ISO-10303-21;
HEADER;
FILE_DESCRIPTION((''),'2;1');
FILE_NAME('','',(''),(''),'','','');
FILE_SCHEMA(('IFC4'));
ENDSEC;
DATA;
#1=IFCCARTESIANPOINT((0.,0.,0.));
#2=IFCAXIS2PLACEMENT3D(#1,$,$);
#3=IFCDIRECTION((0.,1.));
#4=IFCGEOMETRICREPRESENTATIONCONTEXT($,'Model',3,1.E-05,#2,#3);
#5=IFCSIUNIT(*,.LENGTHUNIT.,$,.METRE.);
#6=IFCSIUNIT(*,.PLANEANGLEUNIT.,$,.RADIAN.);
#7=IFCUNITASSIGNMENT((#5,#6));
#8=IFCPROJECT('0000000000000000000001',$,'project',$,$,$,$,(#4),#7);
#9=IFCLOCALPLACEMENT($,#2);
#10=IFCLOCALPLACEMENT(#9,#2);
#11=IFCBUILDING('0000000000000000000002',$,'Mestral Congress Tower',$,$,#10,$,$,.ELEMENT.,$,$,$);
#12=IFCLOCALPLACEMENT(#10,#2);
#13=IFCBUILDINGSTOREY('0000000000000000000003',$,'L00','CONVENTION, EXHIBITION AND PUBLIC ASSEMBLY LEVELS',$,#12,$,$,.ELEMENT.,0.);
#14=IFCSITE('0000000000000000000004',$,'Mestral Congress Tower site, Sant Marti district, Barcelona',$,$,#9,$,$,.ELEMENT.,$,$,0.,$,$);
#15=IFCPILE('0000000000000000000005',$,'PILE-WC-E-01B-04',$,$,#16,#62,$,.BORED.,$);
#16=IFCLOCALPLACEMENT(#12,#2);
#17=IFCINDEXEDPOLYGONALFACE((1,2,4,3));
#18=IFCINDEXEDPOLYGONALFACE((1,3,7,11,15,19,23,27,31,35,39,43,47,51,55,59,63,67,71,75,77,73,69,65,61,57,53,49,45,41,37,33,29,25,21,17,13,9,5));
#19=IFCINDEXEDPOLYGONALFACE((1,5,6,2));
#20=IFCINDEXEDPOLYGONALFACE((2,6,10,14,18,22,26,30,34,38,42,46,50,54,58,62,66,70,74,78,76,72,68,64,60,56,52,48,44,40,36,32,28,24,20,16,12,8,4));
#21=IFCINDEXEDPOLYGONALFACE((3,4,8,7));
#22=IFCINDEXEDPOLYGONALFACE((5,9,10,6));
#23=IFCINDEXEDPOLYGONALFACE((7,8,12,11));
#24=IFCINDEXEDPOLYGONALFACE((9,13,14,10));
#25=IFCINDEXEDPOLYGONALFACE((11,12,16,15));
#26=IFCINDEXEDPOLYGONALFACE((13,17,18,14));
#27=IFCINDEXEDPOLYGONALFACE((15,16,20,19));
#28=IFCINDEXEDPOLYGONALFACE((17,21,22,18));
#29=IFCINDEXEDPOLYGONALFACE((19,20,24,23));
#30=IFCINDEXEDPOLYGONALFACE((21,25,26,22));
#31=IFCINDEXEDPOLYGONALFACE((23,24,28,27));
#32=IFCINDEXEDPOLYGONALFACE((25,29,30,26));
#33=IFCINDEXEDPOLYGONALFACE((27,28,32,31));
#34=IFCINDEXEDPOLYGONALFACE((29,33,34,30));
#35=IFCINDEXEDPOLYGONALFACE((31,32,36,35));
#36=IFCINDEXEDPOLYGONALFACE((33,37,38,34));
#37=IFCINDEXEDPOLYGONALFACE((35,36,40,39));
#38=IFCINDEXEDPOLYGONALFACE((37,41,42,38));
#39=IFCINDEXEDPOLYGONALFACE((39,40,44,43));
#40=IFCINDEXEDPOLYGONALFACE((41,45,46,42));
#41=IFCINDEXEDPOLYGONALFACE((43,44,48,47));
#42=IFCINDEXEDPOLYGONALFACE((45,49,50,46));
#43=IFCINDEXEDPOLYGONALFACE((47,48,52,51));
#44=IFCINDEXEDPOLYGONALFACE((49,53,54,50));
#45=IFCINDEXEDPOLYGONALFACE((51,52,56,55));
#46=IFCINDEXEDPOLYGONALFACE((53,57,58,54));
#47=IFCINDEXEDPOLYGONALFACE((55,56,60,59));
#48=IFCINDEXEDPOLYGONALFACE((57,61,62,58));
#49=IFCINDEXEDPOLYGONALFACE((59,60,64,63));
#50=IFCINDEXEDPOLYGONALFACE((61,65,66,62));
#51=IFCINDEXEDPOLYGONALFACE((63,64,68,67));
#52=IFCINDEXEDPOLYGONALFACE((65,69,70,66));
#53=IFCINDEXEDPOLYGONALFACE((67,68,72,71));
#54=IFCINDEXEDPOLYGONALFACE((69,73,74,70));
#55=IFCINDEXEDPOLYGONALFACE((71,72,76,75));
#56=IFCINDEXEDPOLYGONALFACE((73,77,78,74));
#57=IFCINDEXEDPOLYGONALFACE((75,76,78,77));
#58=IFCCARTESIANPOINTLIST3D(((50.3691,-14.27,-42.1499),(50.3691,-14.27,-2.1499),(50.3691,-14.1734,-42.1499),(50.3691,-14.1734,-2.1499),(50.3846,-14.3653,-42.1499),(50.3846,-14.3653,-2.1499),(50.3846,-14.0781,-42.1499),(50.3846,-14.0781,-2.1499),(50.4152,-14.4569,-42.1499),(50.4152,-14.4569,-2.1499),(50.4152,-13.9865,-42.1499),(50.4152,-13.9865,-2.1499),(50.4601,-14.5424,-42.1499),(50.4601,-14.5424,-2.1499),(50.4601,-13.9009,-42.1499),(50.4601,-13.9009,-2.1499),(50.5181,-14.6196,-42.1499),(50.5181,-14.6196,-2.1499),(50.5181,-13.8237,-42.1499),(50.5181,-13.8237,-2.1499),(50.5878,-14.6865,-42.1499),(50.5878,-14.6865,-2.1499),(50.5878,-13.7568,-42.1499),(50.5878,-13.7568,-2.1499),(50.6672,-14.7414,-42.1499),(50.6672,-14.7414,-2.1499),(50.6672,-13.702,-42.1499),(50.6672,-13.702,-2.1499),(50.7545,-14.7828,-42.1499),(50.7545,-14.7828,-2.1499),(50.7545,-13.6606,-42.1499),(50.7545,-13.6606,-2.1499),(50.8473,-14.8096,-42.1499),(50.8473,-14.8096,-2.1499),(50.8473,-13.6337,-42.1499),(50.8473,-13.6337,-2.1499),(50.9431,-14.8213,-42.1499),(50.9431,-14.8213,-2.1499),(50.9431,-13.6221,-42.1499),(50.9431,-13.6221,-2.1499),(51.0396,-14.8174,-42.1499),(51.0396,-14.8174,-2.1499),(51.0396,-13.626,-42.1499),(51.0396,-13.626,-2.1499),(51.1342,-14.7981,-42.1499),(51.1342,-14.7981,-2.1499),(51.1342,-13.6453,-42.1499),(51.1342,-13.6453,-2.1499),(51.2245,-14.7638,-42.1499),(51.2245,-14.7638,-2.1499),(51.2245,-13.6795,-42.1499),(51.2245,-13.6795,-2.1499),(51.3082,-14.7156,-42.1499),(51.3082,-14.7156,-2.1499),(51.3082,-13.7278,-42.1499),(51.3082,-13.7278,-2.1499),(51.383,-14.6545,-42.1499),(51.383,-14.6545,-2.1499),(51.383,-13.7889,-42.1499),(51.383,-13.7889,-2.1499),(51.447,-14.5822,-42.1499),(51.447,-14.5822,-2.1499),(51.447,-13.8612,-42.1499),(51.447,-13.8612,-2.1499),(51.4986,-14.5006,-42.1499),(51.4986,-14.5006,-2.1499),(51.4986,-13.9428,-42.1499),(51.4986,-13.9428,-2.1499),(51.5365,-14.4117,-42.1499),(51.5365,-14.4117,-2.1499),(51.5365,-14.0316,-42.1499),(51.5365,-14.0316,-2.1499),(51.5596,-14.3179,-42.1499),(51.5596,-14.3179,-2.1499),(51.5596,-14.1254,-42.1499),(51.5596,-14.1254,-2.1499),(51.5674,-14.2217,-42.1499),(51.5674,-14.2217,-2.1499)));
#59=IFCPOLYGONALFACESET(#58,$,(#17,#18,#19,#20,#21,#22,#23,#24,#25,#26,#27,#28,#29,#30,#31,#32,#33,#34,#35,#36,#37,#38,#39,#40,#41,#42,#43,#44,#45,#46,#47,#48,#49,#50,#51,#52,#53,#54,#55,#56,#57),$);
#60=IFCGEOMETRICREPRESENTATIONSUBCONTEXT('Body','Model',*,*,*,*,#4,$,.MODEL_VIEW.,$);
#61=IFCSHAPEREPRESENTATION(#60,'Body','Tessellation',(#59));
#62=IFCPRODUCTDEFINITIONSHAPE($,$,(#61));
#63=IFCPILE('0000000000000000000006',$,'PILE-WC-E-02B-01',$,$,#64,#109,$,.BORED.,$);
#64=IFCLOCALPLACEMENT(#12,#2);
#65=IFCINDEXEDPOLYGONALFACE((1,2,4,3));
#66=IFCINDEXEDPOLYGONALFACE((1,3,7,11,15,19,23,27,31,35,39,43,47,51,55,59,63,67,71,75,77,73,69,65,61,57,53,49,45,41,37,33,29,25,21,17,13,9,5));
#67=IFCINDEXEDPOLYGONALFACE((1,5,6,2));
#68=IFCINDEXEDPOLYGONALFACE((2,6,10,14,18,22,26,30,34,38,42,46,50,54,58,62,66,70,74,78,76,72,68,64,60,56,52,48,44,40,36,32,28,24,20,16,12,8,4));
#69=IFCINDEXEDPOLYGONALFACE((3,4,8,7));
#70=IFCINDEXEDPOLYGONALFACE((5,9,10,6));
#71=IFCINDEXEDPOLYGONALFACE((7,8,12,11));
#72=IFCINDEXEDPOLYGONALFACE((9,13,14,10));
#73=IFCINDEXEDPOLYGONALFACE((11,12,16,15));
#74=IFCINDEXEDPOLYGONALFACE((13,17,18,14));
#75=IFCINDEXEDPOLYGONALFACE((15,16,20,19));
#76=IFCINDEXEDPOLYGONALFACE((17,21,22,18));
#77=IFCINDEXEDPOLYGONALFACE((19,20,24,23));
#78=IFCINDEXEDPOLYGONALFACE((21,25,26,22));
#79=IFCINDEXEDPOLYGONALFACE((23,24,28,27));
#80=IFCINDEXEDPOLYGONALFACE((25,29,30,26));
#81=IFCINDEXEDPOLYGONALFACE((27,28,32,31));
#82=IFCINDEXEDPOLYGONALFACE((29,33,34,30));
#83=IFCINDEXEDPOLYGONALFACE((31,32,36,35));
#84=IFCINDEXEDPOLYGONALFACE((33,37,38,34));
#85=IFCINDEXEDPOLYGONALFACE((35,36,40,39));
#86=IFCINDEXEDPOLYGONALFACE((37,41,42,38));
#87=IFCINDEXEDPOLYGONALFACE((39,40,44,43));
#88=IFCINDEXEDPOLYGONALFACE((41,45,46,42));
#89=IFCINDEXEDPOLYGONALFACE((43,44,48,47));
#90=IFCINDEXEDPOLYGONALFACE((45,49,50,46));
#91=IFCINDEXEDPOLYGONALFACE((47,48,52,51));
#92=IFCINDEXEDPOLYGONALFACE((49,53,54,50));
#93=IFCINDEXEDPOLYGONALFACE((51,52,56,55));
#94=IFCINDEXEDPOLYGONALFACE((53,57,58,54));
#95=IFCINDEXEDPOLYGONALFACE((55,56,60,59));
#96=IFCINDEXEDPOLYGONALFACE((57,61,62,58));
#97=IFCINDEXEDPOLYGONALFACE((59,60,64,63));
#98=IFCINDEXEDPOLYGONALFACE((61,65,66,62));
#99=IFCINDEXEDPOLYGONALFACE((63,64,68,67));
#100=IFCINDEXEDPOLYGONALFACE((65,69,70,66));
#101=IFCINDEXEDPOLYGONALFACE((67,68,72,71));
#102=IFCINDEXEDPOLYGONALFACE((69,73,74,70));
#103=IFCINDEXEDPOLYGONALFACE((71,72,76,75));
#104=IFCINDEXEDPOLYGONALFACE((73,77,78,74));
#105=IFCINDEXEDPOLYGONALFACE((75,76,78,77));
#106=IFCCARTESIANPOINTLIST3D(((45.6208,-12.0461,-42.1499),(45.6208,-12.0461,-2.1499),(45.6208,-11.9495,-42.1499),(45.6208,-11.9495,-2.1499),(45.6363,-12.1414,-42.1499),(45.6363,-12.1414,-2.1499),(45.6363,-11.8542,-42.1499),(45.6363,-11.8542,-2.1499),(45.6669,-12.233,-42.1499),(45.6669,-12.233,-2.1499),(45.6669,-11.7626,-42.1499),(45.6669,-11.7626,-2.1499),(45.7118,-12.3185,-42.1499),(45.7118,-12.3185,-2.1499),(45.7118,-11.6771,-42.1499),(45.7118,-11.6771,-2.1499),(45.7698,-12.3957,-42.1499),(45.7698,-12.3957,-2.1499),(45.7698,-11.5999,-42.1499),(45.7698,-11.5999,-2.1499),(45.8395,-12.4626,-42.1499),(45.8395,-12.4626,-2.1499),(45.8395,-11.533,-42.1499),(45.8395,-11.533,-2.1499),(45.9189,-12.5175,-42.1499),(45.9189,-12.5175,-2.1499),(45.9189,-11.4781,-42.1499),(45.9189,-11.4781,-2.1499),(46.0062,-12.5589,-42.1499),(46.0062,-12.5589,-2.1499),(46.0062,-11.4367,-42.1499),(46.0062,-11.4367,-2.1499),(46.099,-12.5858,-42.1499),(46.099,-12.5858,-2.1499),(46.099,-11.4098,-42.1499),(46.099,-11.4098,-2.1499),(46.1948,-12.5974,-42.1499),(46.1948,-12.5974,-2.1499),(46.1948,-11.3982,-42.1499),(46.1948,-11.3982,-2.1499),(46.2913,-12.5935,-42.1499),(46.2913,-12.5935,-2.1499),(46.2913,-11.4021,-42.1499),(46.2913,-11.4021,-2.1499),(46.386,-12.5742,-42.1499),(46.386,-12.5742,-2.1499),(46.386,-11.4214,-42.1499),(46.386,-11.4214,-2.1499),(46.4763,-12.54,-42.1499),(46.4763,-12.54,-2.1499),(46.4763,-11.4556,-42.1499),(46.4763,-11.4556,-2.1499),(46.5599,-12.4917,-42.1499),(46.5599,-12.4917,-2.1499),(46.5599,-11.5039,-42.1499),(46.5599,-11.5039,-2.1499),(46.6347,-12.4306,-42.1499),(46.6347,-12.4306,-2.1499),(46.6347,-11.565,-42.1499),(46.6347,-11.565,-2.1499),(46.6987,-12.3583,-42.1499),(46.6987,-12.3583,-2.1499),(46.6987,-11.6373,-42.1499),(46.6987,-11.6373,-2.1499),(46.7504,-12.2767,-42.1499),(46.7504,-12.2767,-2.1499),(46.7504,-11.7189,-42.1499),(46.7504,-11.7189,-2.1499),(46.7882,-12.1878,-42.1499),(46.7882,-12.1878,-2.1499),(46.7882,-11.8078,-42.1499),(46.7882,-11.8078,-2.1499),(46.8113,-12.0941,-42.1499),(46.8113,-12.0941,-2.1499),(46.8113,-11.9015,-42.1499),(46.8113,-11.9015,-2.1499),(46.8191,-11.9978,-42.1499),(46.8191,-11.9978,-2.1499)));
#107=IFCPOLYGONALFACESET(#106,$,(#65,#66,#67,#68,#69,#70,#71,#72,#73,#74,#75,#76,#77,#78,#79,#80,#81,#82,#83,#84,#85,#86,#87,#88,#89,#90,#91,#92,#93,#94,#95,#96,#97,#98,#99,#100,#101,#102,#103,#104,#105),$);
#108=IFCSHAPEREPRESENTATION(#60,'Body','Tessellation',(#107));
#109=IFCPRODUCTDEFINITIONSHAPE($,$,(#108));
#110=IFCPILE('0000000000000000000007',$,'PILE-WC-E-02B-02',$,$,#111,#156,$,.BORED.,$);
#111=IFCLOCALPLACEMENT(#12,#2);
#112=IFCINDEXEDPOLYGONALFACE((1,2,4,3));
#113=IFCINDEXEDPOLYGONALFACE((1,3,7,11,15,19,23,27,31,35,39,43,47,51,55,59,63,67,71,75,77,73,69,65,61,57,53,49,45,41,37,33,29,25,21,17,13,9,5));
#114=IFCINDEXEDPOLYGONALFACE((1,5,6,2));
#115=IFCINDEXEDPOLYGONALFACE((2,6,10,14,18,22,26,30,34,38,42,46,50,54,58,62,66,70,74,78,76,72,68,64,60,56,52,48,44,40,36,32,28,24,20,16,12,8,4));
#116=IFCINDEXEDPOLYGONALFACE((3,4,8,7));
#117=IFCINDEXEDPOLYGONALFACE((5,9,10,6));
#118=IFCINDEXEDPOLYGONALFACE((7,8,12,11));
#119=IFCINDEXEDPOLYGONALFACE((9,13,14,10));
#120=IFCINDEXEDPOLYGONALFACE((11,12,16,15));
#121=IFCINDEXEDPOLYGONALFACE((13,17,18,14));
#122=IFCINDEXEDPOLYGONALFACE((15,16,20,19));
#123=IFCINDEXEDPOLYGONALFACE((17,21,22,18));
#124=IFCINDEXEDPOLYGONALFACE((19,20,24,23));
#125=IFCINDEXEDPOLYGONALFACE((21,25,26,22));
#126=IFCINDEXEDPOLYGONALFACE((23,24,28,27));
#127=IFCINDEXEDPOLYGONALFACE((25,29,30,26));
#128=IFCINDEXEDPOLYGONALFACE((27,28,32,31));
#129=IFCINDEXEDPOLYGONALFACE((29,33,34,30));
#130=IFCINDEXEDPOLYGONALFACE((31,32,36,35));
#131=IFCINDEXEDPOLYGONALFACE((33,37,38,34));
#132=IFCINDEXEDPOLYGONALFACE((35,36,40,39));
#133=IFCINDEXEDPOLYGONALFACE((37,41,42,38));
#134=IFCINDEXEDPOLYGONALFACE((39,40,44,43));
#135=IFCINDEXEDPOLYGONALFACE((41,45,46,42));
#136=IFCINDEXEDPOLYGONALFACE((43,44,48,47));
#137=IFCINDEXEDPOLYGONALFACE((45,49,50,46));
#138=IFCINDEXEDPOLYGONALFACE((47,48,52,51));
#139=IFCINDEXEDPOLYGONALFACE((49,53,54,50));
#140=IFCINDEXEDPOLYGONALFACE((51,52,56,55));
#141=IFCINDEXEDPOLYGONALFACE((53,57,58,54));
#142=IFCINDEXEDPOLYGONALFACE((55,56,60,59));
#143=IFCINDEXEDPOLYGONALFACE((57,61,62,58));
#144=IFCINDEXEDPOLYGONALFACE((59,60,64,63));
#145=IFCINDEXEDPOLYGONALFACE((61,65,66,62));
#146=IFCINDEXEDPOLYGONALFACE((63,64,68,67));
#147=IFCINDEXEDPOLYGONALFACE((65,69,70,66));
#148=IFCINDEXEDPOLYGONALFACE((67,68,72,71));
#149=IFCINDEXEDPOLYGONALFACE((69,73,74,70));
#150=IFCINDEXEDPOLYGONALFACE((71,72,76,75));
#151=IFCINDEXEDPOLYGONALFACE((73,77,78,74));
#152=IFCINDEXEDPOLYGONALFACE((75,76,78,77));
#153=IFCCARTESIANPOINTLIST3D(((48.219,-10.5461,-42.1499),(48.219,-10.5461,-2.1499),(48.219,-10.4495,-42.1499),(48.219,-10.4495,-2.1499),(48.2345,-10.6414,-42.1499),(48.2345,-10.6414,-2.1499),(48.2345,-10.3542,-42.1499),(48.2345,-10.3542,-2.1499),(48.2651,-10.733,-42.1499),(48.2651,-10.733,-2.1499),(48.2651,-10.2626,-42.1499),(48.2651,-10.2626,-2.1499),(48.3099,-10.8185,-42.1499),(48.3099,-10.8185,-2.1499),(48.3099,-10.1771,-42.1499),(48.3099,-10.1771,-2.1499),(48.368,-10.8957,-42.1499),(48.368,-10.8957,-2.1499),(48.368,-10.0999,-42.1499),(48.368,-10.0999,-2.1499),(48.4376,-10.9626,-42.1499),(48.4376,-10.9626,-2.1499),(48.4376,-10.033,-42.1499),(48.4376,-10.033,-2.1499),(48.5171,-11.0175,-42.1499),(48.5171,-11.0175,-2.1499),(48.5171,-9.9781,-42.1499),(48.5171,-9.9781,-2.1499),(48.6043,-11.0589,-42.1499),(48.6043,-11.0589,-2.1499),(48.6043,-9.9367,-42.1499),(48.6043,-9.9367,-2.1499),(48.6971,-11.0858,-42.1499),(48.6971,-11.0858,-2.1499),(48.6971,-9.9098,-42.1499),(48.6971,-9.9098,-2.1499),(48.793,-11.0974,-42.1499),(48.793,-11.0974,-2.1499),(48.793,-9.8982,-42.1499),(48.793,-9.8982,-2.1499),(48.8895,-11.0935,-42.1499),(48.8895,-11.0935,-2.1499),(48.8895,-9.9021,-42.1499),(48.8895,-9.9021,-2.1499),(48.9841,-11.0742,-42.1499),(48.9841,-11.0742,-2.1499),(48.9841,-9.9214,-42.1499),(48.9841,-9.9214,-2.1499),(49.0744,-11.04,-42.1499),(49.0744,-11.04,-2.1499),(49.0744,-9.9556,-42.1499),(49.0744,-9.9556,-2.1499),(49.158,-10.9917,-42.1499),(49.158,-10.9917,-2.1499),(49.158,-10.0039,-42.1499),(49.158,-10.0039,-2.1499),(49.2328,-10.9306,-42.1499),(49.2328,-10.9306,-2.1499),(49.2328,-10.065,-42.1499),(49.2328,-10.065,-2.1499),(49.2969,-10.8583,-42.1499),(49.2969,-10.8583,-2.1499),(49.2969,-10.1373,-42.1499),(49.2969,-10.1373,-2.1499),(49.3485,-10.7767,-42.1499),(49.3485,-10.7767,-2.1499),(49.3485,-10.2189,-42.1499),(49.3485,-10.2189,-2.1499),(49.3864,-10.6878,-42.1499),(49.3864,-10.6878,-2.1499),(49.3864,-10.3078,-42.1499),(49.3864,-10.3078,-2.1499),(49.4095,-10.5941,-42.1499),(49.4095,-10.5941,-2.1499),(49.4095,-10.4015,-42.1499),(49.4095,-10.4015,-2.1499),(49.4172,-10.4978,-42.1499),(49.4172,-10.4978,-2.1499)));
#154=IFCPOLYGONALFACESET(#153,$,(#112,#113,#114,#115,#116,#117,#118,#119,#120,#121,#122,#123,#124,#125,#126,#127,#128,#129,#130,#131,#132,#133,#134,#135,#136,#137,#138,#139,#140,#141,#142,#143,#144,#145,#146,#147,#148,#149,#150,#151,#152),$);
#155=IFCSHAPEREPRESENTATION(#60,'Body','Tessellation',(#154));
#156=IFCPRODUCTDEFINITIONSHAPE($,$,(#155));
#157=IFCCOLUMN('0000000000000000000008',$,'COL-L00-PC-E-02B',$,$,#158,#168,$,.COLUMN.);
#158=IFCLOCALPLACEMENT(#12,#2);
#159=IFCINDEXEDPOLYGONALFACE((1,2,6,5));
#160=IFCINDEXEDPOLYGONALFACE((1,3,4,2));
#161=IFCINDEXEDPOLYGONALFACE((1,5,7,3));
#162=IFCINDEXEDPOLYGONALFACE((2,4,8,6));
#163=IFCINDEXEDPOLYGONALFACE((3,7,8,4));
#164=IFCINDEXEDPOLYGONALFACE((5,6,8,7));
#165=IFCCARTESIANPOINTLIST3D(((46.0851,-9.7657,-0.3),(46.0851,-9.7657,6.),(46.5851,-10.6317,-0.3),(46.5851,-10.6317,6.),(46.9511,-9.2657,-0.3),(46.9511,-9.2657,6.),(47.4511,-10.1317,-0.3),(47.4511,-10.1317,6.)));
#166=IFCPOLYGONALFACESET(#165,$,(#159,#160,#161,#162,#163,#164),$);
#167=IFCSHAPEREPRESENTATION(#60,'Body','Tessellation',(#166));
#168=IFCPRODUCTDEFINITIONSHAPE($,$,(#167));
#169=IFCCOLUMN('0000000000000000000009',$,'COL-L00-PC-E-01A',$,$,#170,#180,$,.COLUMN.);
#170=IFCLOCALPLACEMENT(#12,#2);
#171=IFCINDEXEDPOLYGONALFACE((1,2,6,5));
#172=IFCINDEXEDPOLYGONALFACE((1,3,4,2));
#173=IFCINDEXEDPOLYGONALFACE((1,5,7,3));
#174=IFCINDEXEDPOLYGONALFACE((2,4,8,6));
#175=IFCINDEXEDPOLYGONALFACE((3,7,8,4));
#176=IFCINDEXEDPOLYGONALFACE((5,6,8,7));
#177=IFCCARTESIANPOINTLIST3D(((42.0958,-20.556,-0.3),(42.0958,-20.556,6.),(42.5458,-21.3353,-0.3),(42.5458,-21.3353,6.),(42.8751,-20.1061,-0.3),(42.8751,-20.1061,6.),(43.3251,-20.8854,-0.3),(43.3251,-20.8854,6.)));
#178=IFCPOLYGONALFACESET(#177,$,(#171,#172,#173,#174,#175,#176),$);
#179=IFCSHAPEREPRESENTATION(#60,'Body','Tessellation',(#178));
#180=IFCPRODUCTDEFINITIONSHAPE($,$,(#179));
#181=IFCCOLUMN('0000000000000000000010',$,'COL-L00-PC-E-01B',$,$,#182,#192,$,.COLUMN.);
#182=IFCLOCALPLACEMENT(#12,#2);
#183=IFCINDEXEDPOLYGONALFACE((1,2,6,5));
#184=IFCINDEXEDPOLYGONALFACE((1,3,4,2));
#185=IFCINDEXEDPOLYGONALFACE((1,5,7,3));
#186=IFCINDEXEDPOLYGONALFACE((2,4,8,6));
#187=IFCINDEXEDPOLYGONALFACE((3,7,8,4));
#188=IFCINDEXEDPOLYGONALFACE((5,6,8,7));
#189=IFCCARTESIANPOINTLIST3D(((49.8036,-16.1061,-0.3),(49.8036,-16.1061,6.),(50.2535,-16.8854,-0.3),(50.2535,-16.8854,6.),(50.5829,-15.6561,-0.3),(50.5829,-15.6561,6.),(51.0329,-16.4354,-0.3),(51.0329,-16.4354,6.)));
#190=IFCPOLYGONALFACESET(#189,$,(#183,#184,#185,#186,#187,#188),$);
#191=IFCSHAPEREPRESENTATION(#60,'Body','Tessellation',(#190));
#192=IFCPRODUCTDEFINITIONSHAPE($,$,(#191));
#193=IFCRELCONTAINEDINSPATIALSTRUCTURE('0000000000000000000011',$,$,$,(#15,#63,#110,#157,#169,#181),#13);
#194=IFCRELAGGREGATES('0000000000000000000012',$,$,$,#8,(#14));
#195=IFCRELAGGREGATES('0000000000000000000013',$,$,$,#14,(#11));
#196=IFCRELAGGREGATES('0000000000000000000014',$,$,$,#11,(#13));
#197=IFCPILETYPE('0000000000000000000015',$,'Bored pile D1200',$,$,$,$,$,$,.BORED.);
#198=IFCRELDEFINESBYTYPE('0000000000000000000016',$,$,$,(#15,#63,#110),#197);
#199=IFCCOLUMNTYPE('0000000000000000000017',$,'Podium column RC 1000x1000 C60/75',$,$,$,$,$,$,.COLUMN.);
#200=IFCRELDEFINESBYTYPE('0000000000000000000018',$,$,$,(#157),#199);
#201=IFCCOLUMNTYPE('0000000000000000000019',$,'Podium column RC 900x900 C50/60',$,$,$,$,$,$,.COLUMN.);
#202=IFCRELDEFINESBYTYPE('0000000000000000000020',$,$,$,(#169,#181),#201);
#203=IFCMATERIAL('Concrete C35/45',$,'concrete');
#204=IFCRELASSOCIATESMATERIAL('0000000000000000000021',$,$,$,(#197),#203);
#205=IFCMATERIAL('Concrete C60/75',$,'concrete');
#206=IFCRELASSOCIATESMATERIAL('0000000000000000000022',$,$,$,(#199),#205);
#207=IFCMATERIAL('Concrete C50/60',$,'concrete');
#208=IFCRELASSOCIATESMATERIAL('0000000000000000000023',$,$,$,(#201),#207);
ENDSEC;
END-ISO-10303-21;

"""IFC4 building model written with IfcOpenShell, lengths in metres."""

from ifc_helpers import new_model, si_unit, direction, frame, origin, origin_2d, place, context, subcontext, project, spatial, rectangle, circle, extrude, material, material_profile, profile_set, type_object, element, save


model = new_model("IFC4")

# Units and contexts
model_context = context("Model", 3, precision=1e-05, world=origin(), true_north=direction((0.0, 1.0)))
body_context = subcontext(model_context, "Body", "Model", "MODEL_VIEW")
ifc_project = project(units=[si_unit("LENGTHUNIT", "METRE"), si_unit("PLANEANGLEUNIT", "RADIAN")], contexts=[model_context])

# Site, building, storey
site_placement = place(None, origin())
site = spatial("IfcSite", under=ifc_project, at=site_placement, Name="Mestral Congress Tower site, Sant Marti district, Barcelona", CompositionType="ELEMENT", RefElevation=0.0)
building_placement = place(site_placement, origin())
building = spatial("IfcBuilding", under=site, at=building_placement, Name="Mestral Congress Tower", CompositionType="ELEMENT")
storey_placement = place(building_placement, origin())
storey = spatial("IfcBuildingStorey", under=building, at=storey_placement, Name="L00", Description="CONVENTION, EXHIBITION AND PUBLIC ASSEMBLY LEVELS", CompositionType="ELEMENT", Elevation=0.0)

# Piles
ifc_material_1 = material(Name="Concrete C35/45", Category="concrete")
ifc_material_profile_1 = material_profile(ifc_material_1, circle(Radius=0.6001, at=origin_2d()), Name="D1200")
ifc_profile_set_1 = profile_set([ifc_material_profile_1], Name="Concrete C35/45")
pile_type = type_object("IfcPileType", Name="Bored pile D1200", PredefinedType="BORED", material=ifc_profile_set_1)
for number, where, z_axis, x_axis, name in (
    (1, (50.9673, -14.2217, -2.1499), (0.0, 0.0, -1.0), (1.0, 0.0, 0.0), "PILE-WC-E-01B-04"),
    (2, (46.219, -11.9978, -2.1499), (0.0, 0.0, -1.0), (1.0, 0.0, 0.0), "PILE-WC-E-02B-01"),
    (3, (48.8171, -10.4978, -2.1499), (0.0, 0.0, -1.0), (1.0, 0.0, 0.0), "PILE-WC-E-02B-02"),
):
    element("IfcPile", number, at=place(storey_placement, frame(where, z_axis=z_axis, x_axis=x_axis)), inside=storey, type_object=pile_type, Name=name, PredefinedType="BORED", context=body_context, shape_type="SweptSolid", body=[
        extrude(circle(Radius=0.6001, at=origin_2d()), origin(), (0.0, 0.0, 1.0), 40.0),
    ])

# Columns
ifc_material_2 = material(Name="Concrete C60/75", Category="concrete")
ifc_material_profile_2 = material_profile(ifc_material_2, rectangle(XDim=1.0, YDim=1.0, at=origin_2d()), Name="RC 1000x1000")
ifc_profile_set_2 = profile_set([ifc_material_profile_2], Name="Concrete C60/75")
column_type_1 = type_object("IfcColumnType", Name="Podium column RC 1000x1000 C60/75", PredefinedType="COLUMN", material=ifc_profile_set_2)
column_placement = place(storey_placement, frame((46.7681, -9.9487, -0.3), z_axis=(0.0, 0.0, 1.0), x_axis=(-0.5, 0.866025, 0.0)))
element("IfcColumn", 4, at=column_placement, inside=storey, type_object=column_type_1, Name="COL-L00-PC-E-02B", PredefinedType="COLUMN", context=body_context, shape_type="SweptSolid", body=[
    extrude(rectangle(XDim=1.0, YDim=1.0, at=origin_2d()), origin(), (0.0, 0.0, 1.0), 6.3),
])
ifc_material_3 = material(Name="Concrete C50/60", Category="concrete")
ifc_material_profile_3 = material_profile(ifc_material_3, rectangle(XDim=0.8999, YDim=0.8999, at=origin_2d()), Name="RC 900x900")
ifc_profile_set_3 = profile_set([ifc_material_profile_3], Name="Concrete C50/60")
column_type_2 = type_object("IfcColumnType", Name="Podium column RC 900x900 C50/60", PredefinedType="COLUMN", material=ifc_profile_set_3)
for number, where, z_axis, x_axis, name in (
    (5, (42.7104, -20.7207, -0.3), (0.0, 0.0, 1.0), (-0.5, 0.866025, 0.0), "COL-L00-PC-E-01A"),
    (6, (50.4182, -16.2708, -0.3), (0.0, 0.0, 1.0), (-0.5, 0.866025, 0.0), "COL-L00-PC-E-01B"),
):
    element("IfcColumn", number, at=place(storey_placement, frame(where, z_axis=z_axis, x_axis=x_axis)), inside=storey, type_object=column_type_2, Name=name, PredefinedType="COLUMN", context=body_context, shape_type="SweptSolid", body=[
        extrude(rectangle(XDim=0.8999, YDim=0.8999, at=origin_2d()), origin(), (0.0, 0.0, 1.0), 6.3),
    ])

save(model, "model.ifc")
